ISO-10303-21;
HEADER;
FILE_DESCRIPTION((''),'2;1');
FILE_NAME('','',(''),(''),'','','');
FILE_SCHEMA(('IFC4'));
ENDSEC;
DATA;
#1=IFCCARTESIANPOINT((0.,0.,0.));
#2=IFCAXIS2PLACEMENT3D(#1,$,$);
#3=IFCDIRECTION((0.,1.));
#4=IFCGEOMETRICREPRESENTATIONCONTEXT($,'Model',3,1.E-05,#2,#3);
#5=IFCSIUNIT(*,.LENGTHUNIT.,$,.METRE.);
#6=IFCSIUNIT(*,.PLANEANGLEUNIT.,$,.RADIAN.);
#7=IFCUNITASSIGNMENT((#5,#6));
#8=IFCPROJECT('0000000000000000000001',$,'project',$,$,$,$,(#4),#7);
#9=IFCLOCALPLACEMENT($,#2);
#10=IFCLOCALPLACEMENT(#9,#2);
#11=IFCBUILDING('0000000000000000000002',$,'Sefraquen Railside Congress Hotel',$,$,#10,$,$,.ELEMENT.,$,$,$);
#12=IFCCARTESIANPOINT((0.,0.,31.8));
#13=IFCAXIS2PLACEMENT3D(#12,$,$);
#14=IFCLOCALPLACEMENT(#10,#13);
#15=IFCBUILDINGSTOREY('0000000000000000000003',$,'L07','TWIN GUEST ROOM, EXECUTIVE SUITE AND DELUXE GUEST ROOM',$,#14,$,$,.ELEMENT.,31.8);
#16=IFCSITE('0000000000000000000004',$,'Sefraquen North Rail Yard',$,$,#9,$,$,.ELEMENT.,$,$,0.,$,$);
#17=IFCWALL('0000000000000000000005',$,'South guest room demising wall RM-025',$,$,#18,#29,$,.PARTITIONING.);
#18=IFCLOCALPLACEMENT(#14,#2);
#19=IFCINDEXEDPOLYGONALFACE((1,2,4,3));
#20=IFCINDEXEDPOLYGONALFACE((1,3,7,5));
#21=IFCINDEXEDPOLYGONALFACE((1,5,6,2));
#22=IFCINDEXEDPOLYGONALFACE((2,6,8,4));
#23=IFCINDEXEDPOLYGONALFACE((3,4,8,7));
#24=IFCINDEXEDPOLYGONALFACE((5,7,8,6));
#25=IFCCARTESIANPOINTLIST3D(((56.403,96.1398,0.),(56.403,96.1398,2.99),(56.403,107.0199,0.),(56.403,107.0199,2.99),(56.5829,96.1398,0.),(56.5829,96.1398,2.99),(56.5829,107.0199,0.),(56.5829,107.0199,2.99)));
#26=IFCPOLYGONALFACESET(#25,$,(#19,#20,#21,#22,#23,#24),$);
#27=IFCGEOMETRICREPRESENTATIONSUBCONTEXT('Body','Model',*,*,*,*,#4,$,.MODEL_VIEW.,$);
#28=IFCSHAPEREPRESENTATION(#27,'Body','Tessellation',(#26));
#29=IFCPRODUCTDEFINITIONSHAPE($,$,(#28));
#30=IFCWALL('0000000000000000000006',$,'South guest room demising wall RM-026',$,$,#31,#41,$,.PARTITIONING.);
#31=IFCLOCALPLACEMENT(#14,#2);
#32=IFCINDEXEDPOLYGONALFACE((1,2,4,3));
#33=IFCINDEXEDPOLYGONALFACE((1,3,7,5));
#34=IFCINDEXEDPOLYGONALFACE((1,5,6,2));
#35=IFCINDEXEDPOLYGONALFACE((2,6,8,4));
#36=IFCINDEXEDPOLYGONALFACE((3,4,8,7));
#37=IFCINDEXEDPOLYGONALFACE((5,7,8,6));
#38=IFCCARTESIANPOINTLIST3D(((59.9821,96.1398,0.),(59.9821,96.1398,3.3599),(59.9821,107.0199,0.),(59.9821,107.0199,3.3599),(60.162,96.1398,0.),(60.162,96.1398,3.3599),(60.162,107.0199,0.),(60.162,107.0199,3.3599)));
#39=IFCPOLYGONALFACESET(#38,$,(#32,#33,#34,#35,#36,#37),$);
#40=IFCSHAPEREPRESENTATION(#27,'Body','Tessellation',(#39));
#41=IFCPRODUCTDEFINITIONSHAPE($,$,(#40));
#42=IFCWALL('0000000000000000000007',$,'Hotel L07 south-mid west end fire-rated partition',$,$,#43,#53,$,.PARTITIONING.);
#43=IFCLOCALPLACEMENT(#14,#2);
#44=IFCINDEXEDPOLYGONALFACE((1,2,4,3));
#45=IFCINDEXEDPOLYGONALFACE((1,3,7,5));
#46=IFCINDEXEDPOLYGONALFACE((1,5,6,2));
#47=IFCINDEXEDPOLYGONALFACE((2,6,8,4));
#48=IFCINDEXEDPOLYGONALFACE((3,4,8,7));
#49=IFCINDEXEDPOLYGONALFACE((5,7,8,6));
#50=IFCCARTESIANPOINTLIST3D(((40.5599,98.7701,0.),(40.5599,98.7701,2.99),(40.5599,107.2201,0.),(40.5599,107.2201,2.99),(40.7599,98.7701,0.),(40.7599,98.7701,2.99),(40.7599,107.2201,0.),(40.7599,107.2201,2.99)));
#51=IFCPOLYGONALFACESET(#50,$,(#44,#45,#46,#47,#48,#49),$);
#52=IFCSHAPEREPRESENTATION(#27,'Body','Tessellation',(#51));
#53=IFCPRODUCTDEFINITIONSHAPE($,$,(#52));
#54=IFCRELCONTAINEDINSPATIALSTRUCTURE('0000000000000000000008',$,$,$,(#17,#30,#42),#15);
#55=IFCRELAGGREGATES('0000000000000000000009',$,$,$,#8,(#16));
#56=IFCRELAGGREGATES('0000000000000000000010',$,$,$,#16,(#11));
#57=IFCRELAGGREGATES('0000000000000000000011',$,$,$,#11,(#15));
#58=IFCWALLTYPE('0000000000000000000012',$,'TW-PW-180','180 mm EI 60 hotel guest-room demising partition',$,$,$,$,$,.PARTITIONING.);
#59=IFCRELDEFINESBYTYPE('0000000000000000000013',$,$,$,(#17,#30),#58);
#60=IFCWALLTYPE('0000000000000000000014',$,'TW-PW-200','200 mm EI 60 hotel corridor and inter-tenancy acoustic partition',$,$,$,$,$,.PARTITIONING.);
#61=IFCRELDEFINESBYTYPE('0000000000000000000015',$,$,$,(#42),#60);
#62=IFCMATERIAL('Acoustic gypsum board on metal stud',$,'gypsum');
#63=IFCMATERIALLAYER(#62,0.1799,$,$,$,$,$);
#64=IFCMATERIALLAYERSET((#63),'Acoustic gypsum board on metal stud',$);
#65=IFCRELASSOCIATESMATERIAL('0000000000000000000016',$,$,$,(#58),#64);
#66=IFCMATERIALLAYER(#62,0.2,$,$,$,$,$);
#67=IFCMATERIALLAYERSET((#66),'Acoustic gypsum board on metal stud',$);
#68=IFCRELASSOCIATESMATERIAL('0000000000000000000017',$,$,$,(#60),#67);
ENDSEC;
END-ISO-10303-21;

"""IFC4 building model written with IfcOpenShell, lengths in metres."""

from ifc_helpers import new_model, si_unit, direction, frame, frame_2d, origin, place, context, subcontext, project, spatial, rectangle, extrude, material, layer, layer_set, type_object, element, save


model = new_model("IFC4")

# Units and contexts
model_context = context("Model", 3, precision=1e-05, world=origin(), true_north=direction((0.0, 1.0)))
body_context = subcontext(model_context, "Body", "Model", "MODEL_VIEW")
ifc_project = project(units=[si_unit("LENGTHUNIT", "METRE"), si_unit("PLANEANGLEUNIT", "RADIAN")], contexts=[model_context])

# Site, building, storey
site_placement = place(None, origin())
site = spatial("IfcSite", under=ifc_project, at=site_placement, Name="Sefraquen North Rail Yard", CompositionType="ELEMENT", RefElevation=0.0)
building_placement = place(site_placement, origin())
building = spatial("IfcBuilding", under=site, at=building_placement, Name="Sefraquen Railside Congress Hotel", CompositionType="ELEMENT")
storey_placement = place(building_placement, frame((0.0, 0.0, 31.8)))
storey = spatial("IfcBuildingStorey", under=building, at=storey_placement, Name="L07", Description="TWIN GUEST ROOM, EXECUTIVE SUITE AND DELUXE GUEST ROOM", CompositionType="ELEMENT", Elevation=31.8)

# Walls
ifc_material_1 = material(Name="Acoustic gypsum board on metal stud", Category="gypsum")
ifc_layer_1 = layer(ifc_material_1, 0.1799)
ifc_layer_set_1 = layer_set([ifc_layer_1], Name="Acoustic gypsum board on metal stud")
wall_type_1 = type_object("IfcWallType", Name="TW-PW-180", Description="180 mm EI 60 hotel guest-room demising partition", PredefinedType="PARTITIONING", material=ifc_layer_set_1)
wall_1_placement = place(storey_placement, frame((56.4929, 96.1399, 0.0), z_axis=(0.0, 0.0, 1.0), x_axis=(0.0, 1.0, 0.0)))
element("IfcWall", 1, at=wall_1_placement, inside=storey, type_object=wall_type_1, Name="South guest room demising wall RM-025", PredefinedType="PARTITIONING", context=body_context, shape_type="SweptSolid", body=[
    extrude(rectangle(XDim=10.8801, YDim=0.1799, at=frame_2d((5.4399, 0.0))), origin(), (0.0, 0.0, 1.0), 2.99),
])
wall_2_placement = place(storey_placement, frame((60.072, 96.1399, 0.0), z_axis=(0.0, 0.0, 1.0), x_axis=(0.0, 1.0, 0.0)))
element("IfcWall", 2, at=wall_2_placement, inside=storey, type_object=wall_type_1, Name="South guest room demising wall RM-026", PredefinedType="PARTITIONING", context=body_context, shape_type="SweptSolid", body=[
    extrude(rectangle(XDim=10.8801, YDim=0.1799, at=frame_2d((5.4399, 0.0))), origin(), (0.0, 0.0, 1.0), 3.3599),
])
ifc_layer_2 = layer(ifc_material_1, 0.2)
ifc_layer_set_2 = layer_set([ifc_layer_2], Name="Acoustic gypsum board on metal stud")
wall_type_2 = type_object("IfcWallType", Name="TW-PW-200", Description="200 mm EI 60 hotel corridor and inter-tenancy acoustic partition", PredefinedType="PARTITIONING", material=ifc_layer_set_2)
wall_3_placement = place(storey_placement, frame((40.6599, 98.77, 0.0), z_axis=(0.0, 0.0, 1.0), x_axis=(0.0, 1.0, 0.0)))
element("IfcWall", 3, at=wall_3_placement, inside=storey, type_object=wall_type_2, Name="Hotel L07 south-mid west end fire-rated partition", PredefinedType="PARTITIONING", context=body_context, shape_type="SweptSolid", body=[
    extrude(rectangle(XDim=8.45, YDim=0.2, at=frame_2d((4.2251, 0.0))), origin(), (0.0, 0.0, 1.0), 2.99),
])

save(model, "model.ifc")
